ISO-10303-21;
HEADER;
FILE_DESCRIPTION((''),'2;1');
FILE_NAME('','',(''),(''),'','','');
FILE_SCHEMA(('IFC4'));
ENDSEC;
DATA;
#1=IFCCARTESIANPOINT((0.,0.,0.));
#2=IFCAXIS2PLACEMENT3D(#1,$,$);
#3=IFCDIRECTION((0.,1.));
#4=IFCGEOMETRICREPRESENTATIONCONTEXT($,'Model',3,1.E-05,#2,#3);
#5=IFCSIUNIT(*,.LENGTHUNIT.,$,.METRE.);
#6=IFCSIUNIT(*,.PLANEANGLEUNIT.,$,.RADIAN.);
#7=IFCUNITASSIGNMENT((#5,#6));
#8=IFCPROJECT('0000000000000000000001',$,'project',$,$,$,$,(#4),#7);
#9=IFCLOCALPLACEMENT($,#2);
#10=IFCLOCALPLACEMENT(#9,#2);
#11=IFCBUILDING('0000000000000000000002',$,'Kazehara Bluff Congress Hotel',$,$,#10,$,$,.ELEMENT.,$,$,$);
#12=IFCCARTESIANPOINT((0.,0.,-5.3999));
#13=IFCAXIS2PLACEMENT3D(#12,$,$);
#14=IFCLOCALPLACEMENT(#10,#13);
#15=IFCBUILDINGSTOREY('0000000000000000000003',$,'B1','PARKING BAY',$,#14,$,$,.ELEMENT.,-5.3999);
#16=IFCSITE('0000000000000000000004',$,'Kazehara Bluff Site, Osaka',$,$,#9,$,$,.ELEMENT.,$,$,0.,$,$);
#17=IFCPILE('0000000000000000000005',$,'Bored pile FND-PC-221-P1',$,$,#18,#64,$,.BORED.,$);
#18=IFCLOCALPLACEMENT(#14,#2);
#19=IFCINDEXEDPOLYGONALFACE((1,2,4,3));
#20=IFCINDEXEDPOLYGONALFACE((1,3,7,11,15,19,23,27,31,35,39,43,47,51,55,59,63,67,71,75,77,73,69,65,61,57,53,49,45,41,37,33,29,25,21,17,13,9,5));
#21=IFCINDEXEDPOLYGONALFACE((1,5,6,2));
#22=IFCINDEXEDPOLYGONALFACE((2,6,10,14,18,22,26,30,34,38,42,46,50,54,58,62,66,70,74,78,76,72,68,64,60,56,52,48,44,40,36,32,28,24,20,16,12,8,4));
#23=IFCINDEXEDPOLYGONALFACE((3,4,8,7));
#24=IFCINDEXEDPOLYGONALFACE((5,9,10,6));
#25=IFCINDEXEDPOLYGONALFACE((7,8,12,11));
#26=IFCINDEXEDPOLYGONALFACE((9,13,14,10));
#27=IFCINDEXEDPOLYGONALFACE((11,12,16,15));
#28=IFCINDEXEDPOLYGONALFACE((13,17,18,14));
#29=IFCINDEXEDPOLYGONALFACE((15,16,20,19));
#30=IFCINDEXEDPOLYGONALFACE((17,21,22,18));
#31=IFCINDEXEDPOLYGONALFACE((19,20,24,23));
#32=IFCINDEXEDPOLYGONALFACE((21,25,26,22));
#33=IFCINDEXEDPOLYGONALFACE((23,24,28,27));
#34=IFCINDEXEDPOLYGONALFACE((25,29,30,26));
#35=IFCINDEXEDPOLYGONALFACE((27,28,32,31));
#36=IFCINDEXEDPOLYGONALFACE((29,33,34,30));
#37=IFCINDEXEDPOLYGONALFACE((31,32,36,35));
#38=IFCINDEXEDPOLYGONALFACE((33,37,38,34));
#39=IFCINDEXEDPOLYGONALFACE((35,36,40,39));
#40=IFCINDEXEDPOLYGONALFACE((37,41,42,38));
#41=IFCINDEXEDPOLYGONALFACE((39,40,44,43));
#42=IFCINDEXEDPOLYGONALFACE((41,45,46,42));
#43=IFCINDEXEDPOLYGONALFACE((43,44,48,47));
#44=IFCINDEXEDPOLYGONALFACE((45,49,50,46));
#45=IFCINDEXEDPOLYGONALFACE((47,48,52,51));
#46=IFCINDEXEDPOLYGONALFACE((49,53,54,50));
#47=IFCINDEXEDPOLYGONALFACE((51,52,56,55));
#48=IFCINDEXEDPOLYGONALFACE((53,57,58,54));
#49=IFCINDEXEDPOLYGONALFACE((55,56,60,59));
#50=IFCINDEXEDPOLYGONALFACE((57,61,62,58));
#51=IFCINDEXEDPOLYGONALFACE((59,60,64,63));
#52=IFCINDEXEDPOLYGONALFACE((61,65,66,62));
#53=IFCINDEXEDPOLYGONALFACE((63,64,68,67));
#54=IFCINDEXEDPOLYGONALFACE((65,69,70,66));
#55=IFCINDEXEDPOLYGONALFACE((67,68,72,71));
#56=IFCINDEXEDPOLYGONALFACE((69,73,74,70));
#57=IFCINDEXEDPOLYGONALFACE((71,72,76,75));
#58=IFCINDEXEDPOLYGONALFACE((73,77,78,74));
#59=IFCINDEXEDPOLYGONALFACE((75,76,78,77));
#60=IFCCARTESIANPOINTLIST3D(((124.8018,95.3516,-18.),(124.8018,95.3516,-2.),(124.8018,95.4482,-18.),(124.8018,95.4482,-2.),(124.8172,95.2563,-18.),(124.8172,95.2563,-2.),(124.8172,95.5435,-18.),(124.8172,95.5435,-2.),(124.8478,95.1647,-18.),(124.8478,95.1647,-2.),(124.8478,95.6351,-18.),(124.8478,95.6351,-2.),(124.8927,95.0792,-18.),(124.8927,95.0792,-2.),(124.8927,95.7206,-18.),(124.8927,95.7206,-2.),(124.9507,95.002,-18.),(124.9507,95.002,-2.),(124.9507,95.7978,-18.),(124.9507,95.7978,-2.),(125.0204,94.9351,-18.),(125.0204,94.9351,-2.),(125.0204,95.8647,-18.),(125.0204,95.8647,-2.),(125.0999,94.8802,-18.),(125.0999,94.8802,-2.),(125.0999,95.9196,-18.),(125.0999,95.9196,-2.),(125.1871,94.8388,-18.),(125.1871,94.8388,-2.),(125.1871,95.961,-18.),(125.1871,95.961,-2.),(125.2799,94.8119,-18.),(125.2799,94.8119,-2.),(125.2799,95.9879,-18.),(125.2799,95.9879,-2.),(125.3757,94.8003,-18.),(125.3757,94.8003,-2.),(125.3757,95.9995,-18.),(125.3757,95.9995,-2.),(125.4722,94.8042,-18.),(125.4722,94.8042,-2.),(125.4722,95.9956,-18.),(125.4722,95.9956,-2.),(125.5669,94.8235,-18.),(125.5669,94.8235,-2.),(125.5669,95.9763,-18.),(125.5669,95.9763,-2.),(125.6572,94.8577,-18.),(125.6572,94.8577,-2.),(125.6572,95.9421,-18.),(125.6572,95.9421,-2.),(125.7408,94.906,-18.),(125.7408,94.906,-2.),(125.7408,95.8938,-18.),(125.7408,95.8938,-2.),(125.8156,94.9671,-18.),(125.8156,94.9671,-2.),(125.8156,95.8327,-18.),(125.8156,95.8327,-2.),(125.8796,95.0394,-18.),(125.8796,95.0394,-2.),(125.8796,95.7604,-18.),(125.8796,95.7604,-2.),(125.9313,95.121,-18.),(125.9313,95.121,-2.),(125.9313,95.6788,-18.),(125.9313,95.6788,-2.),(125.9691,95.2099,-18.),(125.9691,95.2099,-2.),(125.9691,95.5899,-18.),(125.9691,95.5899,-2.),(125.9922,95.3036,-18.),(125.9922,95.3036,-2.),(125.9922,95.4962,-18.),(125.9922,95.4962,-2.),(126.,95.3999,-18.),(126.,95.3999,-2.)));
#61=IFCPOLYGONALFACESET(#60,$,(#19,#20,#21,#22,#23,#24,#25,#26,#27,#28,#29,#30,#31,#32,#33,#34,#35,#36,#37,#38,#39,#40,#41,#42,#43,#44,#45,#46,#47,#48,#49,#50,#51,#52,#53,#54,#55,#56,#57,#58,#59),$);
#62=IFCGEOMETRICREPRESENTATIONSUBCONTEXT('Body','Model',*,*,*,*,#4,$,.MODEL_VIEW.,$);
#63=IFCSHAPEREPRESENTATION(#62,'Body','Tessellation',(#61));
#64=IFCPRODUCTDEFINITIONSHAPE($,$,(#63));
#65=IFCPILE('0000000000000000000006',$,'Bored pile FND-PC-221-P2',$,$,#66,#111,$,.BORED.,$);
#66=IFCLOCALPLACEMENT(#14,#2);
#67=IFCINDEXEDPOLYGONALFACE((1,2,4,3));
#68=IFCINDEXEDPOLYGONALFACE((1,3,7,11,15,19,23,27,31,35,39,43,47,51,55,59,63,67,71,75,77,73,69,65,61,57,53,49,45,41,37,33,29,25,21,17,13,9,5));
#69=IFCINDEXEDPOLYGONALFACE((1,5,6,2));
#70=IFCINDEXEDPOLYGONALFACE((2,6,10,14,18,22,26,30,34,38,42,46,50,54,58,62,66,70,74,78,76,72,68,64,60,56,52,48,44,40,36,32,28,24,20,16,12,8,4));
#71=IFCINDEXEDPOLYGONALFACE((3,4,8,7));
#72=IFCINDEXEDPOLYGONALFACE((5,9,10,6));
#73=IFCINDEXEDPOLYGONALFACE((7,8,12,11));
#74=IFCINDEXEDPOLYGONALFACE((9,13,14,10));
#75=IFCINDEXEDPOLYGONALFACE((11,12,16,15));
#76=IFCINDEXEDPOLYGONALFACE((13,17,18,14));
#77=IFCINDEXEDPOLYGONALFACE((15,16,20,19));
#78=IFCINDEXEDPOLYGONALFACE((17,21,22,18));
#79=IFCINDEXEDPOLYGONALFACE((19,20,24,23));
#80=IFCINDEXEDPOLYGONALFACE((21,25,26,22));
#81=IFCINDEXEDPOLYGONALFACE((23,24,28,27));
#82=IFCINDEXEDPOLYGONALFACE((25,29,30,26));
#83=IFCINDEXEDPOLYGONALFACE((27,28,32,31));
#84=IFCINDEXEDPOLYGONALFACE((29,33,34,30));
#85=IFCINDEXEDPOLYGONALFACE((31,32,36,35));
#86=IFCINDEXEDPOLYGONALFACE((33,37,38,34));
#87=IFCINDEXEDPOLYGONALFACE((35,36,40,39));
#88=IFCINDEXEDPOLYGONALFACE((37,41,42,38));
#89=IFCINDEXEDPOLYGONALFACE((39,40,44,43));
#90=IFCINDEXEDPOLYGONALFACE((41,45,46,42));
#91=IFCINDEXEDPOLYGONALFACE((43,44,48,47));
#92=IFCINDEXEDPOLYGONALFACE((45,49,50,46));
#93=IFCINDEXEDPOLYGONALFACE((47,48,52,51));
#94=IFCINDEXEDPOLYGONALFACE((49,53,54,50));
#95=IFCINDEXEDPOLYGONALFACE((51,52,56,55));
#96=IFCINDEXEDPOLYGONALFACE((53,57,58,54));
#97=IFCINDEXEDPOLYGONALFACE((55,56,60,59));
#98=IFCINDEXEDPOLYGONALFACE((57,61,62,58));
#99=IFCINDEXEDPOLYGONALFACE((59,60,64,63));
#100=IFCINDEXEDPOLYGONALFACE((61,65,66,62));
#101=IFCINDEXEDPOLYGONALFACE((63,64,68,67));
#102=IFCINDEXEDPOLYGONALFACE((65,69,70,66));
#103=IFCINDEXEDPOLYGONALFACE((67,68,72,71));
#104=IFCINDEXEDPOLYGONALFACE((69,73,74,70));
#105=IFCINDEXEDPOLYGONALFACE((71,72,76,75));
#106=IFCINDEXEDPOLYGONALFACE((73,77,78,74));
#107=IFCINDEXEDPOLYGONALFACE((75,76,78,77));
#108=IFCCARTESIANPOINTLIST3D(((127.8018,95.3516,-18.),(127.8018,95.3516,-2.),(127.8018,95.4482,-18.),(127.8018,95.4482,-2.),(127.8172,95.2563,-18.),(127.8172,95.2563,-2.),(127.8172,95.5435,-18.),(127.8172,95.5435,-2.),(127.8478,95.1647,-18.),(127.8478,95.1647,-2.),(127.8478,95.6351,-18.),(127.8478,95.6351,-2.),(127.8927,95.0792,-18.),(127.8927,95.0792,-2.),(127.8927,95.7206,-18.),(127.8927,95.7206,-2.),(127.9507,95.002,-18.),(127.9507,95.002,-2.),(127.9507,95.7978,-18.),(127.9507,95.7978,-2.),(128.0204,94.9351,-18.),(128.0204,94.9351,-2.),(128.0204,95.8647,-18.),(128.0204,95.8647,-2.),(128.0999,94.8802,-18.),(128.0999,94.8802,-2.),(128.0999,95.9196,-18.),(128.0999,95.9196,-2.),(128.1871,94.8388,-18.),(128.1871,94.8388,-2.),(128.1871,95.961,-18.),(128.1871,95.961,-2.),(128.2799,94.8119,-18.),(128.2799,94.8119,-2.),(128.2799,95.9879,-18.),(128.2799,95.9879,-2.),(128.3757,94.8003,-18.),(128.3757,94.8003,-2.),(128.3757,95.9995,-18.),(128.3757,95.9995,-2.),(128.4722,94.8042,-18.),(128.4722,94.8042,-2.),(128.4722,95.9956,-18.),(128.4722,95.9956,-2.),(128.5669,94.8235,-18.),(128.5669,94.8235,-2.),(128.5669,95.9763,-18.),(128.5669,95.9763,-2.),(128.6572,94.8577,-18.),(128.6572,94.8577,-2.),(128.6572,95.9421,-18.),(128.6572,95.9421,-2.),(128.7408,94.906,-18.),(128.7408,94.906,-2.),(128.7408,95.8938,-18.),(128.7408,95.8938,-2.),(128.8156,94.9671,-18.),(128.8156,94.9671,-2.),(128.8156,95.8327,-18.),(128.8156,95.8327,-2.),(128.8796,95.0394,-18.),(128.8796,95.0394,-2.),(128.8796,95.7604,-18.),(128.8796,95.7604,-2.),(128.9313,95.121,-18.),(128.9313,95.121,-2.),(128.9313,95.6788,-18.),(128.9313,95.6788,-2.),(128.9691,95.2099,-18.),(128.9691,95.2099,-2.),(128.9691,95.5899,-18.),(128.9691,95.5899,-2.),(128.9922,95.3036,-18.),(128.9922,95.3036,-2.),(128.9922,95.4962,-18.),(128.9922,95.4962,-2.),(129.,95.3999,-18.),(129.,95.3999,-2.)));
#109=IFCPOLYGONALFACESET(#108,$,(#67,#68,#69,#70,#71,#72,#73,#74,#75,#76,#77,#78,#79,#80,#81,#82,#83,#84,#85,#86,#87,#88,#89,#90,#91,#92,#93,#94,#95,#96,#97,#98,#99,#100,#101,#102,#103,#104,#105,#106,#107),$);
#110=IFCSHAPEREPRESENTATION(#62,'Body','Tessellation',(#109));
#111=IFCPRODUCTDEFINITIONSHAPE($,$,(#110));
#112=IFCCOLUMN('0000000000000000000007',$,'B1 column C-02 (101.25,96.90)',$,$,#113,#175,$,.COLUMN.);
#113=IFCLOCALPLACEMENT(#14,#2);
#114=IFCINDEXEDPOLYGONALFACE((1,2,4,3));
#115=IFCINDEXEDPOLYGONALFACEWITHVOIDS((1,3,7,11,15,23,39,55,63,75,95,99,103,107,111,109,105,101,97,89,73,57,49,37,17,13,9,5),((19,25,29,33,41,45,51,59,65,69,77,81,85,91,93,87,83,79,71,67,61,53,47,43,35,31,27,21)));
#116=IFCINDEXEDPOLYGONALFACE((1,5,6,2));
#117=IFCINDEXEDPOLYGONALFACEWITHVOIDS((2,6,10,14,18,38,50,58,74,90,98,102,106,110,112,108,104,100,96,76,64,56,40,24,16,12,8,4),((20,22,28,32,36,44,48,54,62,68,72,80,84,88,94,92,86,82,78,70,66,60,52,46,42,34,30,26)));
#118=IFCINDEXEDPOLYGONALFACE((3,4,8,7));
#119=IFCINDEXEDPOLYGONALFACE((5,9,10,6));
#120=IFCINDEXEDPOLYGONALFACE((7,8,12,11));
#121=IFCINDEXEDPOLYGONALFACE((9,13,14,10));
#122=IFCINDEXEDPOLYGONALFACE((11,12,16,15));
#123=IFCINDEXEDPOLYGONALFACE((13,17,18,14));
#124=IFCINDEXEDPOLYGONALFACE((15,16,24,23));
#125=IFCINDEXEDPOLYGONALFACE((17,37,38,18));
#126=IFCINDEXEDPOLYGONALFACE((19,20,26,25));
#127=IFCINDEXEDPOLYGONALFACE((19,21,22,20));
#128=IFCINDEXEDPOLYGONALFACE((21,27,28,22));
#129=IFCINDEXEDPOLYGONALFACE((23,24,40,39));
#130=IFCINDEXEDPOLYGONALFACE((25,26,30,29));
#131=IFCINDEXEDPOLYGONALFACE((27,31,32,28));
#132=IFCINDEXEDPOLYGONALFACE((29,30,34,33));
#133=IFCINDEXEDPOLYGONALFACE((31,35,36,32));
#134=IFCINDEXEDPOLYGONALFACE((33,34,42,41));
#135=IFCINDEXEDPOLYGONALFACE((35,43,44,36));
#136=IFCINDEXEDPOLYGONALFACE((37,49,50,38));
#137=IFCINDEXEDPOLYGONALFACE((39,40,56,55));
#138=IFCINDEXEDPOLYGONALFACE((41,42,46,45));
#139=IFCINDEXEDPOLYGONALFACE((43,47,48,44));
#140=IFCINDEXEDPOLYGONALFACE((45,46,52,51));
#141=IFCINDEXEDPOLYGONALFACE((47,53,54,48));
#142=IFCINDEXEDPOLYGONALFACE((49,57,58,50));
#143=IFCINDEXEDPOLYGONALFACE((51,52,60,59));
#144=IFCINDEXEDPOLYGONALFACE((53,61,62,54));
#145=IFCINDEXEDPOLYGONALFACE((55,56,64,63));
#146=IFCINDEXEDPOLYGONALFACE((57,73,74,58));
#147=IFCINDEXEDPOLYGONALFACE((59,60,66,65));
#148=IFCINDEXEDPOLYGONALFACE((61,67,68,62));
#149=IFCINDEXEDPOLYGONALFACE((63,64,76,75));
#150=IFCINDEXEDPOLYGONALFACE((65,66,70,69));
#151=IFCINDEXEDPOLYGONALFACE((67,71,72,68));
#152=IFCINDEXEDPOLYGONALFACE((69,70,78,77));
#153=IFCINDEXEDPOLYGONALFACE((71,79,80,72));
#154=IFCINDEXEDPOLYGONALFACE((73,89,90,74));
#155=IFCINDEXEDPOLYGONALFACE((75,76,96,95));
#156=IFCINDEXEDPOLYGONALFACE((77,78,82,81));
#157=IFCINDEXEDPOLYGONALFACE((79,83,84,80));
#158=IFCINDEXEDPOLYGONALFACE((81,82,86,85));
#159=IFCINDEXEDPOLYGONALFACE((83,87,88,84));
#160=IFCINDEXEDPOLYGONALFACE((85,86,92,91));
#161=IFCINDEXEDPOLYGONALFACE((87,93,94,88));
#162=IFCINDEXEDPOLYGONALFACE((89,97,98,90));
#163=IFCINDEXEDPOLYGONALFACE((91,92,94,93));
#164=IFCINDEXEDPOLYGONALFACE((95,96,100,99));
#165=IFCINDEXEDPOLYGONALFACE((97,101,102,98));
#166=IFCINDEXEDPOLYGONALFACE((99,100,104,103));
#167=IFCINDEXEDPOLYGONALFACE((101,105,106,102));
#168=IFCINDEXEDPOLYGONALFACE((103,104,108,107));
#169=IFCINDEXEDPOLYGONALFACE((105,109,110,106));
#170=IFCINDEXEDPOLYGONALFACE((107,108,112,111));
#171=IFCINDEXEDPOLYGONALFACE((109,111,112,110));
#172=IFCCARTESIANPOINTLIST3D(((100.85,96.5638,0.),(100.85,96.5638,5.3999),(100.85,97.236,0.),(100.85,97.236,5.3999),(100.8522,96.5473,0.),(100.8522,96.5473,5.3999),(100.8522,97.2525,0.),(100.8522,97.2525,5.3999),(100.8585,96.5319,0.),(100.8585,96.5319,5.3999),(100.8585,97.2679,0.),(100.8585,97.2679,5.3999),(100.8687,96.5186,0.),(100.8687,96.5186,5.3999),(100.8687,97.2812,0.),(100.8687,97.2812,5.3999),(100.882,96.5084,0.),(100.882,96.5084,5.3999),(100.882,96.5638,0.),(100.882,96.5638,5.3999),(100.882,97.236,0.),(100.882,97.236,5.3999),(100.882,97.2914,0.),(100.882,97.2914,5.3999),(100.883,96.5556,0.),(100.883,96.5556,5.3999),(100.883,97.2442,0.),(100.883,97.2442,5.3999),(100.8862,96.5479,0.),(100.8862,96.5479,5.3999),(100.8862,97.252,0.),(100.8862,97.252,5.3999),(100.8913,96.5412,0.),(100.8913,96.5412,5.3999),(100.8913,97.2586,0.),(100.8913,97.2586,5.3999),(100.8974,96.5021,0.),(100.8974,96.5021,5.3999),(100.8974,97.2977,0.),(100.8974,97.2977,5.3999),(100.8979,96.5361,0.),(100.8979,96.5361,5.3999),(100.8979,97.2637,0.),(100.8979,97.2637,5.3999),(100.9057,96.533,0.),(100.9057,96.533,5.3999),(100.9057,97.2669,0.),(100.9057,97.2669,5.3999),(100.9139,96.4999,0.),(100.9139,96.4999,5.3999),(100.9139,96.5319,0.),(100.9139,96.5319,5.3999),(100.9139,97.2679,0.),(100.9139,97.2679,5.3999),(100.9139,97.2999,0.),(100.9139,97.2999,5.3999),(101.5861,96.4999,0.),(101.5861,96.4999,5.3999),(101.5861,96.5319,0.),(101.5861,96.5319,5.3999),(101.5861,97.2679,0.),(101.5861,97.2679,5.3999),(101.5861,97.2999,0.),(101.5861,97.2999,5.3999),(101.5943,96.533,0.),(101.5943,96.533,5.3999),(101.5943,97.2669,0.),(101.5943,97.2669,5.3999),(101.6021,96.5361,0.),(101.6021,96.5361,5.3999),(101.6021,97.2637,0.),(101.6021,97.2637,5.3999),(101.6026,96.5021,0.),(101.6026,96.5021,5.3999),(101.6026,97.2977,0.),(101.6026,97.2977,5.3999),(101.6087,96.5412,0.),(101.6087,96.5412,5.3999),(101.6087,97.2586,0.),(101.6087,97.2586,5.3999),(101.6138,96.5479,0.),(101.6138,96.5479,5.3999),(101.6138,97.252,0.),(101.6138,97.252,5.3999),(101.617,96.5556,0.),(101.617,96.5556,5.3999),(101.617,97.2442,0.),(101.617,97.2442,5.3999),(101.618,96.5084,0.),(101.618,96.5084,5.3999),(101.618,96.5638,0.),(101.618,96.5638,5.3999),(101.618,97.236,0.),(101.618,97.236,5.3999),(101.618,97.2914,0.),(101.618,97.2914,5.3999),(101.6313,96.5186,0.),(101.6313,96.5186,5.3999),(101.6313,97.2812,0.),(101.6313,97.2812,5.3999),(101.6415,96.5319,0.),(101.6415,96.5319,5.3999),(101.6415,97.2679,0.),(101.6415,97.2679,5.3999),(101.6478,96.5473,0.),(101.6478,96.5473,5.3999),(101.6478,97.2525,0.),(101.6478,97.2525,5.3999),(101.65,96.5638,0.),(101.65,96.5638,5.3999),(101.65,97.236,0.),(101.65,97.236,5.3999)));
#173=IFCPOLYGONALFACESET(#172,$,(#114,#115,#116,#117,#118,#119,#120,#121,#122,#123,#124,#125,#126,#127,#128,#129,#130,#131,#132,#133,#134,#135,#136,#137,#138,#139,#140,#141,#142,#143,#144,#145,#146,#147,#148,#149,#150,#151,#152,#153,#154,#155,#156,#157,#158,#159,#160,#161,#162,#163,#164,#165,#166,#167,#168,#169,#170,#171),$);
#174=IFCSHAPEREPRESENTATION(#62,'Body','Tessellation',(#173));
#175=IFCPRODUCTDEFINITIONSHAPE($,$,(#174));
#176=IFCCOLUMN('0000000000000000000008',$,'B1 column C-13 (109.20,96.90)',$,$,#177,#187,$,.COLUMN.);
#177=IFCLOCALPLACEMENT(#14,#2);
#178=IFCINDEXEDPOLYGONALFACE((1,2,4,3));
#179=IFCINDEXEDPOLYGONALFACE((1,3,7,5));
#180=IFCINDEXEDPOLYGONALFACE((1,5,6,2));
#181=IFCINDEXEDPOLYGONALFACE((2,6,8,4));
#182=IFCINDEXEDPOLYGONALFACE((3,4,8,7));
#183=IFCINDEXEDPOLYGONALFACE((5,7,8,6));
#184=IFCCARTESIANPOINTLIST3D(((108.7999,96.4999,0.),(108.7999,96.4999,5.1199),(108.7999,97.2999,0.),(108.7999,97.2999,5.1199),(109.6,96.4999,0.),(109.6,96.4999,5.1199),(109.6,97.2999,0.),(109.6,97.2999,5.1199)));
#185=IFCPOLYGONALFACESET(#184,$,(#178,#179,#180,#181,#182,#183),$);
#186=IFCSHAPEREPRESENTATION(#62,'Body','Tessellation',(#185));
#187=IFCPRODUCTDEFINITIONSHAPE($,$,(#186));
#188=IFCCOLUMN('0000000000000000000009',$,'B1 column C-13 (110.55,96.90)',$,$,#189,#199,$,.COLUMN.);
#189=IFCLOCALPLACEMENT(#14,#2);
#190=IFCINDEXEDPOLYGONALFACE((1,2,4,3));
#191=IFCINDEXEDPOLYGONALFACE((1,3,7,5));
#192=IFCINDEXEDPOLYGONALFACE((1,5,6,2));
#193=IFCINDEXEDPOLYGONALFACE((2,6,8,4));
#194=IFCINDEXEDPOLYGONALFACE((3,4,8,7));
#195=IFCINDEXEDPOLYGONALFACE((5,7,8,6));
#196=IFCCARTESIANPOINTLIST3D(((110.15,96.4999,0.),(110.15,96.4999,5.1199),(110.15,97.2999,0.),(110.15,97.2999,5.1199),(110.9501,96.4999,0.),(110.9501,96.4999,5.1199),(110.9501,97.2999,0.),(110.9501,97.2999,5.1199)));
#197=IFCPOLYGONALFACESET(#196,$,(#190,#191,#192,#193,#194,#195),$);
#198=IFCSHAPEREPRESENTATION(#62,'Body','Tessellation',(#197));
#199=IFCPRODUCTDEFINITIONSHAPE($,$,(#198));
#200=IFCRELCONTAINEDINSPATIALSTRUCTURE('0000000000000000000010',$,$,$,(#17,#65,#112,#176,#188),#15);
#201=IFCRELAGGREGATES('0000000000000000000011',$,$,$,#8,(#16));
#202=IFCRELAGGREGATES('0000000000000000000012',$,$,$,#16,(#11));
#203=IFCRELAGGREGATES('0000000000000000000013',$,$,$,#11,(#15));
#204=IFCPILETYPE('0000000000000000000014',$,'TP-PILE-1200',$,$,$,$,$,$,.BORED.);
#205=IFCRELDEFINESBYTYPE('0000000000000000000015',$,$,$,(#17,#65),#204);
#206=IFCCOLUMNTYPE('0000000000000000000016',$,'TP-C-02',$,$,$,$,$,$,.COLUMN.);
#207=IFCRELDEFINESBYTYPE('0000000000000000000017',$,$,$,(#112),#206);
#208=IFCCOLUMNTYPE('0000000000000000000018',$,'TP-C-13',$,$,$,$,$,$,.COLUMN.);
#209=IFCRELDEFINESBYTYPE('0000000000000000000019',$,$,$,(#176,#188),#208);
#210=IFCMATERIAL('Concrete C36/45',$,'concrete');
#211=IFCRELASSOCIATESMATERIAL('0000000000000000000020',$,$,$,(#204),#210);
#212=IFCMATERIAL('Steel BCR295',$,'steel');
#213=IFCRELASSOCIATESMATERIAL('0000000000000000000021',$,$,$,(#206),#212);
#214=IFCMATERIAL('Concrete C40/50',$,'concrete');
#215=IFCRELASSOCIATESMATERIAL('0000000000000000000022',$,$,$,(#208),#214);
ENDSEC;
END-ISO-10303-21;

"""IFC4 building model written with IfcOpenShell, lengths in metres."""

from ifc_helpers import new_model, si_unit, direction, frame, origin, origin_2d, place, context, subcontext, project, spatial, rectangle, hollow_rectangle, circle, extrude, material, material_profile, profile_set, type_object, element, save


model = new_model("IFC4")

# Units and contexts
model_context = context("Model", 3, precision=1e-05, world=origin(), true_north=direction((0.0, 1.0)))
body_context = subcontext(model_context, "Body", "Model", "MODEL_VIEW")
ifc_project = project(units=[si_unit("LENGTHUNIT", "METRE"), si_unit("PLANEANGLEUNIT", "RADIAN")], contexts=[model_context])

# Site, building, storey
site_placement = place(None, origin())
site = spatial("IfcSite", under=ifc_project, at=site_placement, Name="Kazehara Bluff Site, Osaka", CompositionType="ELEMENT", RefElevation=0.0)
building_placement = place(site_placement, origin())
building = spatial("IfcBuilding", under=site, at=building_placement, Name="Kazehara Bluff Congress Hotel", CompositionType="ELEMENT")
storey_placement = place(building_placement, frame((0.0, 0.0, -5.3999)))
storey = spatial("IfcBuildingStorey", under=building, at=storey_placement, Name="B1", Description="PARKING BAY", CompositionType="ELEMENT", Elevation=-5.3999)

# Piles
ifc_material_1 = material(Name="Concrete C36/45", Category="concrete")
ifc_material_profile_1 = material_profile(ifc_material_1, circle(Radius=0.6001, at=origin_2d()))
ifc_profile_set_1 = profile_set([ifc_material_profile_1], Name="Concrete C36/45")
pile_type = type_object("IfcPileType", Name="TP-PILE-1200", PredefinedType="BORED", material=ifc_profile_set_1)
for number, where, z_axis, x_axis, name in (
    (1, (125.3999, 95.3999, -2.0), (0.0, 0.0, -1.0), (1.0, 0.0, 0.0), "Bored pile FND-PC-221-P1"),
    (2, (128.3999, 95.3999, -2.0), (0.0, 0.0, -1.0), (1.0, 0.0, 0.0), "Bored pile FND-PC-221-P2"),
):
    element("IfcPile", number, at=place(storey_placement, frame(where, z_axis=z_axis, x_axis=x_axis)), inside=storey, type_object=pile_type, Name=name, PredefinedType="BORED", context=body_context, shape_type="SweptSolid", body=[
        extrude(circle(Radius=0.6001, at=origin_2d()), origin(), (0.0, 0.0, 1.0), 16.0),
    ])

# Columns
ifc_material_2 = material(Name="Steel BCR295", Category="steel")
ifc_material_profile_2 = material_profile(ifc_material_2, hollow_rectangle(XDim=0.8, YDim=0.8, WallThickness=0.032, InnerFilletRadius=0.032, OuterFilletRadius=0.064, at=origin_2d()))
ifc_profile_set_2 = profile_set([ifc_material_profile_2], Name="Steel BCR295")
column_type_1 = type_object("IfcColumnType", Name="TP-C-02", PredefinedType="COLUMN", material=ifc_profile_set_2)
column_placement = place(storey_placement, frame((101.25, 96.8999, 0.0), z_axis=(0.0, 0.0, 1.0), x_axis=(1.0, 0.0, 0.0)))
element("IfcColumn", 3, at=column_placement, inside=storey, type_object=column_type_1, Name="B1 column C-02 (101.25,96.90)", PredefinedType="COLUMN", context=body_context, shape_type="SweptSolid", body=[
    extrude(hollow_rectangle(XDim=0.8, YDim=0.8, WallThickness=0.032, InnerFilletRadius=0.032, OuterFilletRadius=0.064, at=origin_2d()), origin(), (0.0, 0.0, 1.0), 5.3999),
])
ifc_material_3 = material(Name="Concrete C40/50", Category="concrete")
ifc_material_profile_3 = material_profile(ifc_material_3, rectangle(XDim=0.8, YDim=0.8, at=origin_2d()))
ifc_profile_set_3 = profile_set([ifc_material_profile_3], Name="Concrete C40/50")
column_type_2 = type_object("IfcColumnType", Name="TP-C-13", PredefinedType="COLUMN", material=ifc_profile_set_3)
for number, where, z_axis, x_axis, name in (
    (4, (109.2, 96.8999, 0.0), (0.0, 0.0, 1.0), (1.0, 0.0, 0.0), "B1 column C-13 (109.20,96.90)"),
    (5, (110.55, 96.8999, 0.0), (0.0, 0.0, 1.0), (1.0, 0.0, 0.0), "B1 column C-13 (110.55,96.90)"),
):
    element("IfcColumn", number, at=place(storey_placement, frame(where, z_axis=z_axis, x_axis=x_axis)), inside=storey, type_object=column_type_2, Name=name, PredefinedType="COLUMN", context=body_context, shape_type="SweptSolid", body=[
        extrude(rectangle(XDim=0.8, YDim=0.8, at=origin_2d()), origin(), (0.0, 0.0, 1.0), 5.1199),
    ])

save(model, "model.ifc")
